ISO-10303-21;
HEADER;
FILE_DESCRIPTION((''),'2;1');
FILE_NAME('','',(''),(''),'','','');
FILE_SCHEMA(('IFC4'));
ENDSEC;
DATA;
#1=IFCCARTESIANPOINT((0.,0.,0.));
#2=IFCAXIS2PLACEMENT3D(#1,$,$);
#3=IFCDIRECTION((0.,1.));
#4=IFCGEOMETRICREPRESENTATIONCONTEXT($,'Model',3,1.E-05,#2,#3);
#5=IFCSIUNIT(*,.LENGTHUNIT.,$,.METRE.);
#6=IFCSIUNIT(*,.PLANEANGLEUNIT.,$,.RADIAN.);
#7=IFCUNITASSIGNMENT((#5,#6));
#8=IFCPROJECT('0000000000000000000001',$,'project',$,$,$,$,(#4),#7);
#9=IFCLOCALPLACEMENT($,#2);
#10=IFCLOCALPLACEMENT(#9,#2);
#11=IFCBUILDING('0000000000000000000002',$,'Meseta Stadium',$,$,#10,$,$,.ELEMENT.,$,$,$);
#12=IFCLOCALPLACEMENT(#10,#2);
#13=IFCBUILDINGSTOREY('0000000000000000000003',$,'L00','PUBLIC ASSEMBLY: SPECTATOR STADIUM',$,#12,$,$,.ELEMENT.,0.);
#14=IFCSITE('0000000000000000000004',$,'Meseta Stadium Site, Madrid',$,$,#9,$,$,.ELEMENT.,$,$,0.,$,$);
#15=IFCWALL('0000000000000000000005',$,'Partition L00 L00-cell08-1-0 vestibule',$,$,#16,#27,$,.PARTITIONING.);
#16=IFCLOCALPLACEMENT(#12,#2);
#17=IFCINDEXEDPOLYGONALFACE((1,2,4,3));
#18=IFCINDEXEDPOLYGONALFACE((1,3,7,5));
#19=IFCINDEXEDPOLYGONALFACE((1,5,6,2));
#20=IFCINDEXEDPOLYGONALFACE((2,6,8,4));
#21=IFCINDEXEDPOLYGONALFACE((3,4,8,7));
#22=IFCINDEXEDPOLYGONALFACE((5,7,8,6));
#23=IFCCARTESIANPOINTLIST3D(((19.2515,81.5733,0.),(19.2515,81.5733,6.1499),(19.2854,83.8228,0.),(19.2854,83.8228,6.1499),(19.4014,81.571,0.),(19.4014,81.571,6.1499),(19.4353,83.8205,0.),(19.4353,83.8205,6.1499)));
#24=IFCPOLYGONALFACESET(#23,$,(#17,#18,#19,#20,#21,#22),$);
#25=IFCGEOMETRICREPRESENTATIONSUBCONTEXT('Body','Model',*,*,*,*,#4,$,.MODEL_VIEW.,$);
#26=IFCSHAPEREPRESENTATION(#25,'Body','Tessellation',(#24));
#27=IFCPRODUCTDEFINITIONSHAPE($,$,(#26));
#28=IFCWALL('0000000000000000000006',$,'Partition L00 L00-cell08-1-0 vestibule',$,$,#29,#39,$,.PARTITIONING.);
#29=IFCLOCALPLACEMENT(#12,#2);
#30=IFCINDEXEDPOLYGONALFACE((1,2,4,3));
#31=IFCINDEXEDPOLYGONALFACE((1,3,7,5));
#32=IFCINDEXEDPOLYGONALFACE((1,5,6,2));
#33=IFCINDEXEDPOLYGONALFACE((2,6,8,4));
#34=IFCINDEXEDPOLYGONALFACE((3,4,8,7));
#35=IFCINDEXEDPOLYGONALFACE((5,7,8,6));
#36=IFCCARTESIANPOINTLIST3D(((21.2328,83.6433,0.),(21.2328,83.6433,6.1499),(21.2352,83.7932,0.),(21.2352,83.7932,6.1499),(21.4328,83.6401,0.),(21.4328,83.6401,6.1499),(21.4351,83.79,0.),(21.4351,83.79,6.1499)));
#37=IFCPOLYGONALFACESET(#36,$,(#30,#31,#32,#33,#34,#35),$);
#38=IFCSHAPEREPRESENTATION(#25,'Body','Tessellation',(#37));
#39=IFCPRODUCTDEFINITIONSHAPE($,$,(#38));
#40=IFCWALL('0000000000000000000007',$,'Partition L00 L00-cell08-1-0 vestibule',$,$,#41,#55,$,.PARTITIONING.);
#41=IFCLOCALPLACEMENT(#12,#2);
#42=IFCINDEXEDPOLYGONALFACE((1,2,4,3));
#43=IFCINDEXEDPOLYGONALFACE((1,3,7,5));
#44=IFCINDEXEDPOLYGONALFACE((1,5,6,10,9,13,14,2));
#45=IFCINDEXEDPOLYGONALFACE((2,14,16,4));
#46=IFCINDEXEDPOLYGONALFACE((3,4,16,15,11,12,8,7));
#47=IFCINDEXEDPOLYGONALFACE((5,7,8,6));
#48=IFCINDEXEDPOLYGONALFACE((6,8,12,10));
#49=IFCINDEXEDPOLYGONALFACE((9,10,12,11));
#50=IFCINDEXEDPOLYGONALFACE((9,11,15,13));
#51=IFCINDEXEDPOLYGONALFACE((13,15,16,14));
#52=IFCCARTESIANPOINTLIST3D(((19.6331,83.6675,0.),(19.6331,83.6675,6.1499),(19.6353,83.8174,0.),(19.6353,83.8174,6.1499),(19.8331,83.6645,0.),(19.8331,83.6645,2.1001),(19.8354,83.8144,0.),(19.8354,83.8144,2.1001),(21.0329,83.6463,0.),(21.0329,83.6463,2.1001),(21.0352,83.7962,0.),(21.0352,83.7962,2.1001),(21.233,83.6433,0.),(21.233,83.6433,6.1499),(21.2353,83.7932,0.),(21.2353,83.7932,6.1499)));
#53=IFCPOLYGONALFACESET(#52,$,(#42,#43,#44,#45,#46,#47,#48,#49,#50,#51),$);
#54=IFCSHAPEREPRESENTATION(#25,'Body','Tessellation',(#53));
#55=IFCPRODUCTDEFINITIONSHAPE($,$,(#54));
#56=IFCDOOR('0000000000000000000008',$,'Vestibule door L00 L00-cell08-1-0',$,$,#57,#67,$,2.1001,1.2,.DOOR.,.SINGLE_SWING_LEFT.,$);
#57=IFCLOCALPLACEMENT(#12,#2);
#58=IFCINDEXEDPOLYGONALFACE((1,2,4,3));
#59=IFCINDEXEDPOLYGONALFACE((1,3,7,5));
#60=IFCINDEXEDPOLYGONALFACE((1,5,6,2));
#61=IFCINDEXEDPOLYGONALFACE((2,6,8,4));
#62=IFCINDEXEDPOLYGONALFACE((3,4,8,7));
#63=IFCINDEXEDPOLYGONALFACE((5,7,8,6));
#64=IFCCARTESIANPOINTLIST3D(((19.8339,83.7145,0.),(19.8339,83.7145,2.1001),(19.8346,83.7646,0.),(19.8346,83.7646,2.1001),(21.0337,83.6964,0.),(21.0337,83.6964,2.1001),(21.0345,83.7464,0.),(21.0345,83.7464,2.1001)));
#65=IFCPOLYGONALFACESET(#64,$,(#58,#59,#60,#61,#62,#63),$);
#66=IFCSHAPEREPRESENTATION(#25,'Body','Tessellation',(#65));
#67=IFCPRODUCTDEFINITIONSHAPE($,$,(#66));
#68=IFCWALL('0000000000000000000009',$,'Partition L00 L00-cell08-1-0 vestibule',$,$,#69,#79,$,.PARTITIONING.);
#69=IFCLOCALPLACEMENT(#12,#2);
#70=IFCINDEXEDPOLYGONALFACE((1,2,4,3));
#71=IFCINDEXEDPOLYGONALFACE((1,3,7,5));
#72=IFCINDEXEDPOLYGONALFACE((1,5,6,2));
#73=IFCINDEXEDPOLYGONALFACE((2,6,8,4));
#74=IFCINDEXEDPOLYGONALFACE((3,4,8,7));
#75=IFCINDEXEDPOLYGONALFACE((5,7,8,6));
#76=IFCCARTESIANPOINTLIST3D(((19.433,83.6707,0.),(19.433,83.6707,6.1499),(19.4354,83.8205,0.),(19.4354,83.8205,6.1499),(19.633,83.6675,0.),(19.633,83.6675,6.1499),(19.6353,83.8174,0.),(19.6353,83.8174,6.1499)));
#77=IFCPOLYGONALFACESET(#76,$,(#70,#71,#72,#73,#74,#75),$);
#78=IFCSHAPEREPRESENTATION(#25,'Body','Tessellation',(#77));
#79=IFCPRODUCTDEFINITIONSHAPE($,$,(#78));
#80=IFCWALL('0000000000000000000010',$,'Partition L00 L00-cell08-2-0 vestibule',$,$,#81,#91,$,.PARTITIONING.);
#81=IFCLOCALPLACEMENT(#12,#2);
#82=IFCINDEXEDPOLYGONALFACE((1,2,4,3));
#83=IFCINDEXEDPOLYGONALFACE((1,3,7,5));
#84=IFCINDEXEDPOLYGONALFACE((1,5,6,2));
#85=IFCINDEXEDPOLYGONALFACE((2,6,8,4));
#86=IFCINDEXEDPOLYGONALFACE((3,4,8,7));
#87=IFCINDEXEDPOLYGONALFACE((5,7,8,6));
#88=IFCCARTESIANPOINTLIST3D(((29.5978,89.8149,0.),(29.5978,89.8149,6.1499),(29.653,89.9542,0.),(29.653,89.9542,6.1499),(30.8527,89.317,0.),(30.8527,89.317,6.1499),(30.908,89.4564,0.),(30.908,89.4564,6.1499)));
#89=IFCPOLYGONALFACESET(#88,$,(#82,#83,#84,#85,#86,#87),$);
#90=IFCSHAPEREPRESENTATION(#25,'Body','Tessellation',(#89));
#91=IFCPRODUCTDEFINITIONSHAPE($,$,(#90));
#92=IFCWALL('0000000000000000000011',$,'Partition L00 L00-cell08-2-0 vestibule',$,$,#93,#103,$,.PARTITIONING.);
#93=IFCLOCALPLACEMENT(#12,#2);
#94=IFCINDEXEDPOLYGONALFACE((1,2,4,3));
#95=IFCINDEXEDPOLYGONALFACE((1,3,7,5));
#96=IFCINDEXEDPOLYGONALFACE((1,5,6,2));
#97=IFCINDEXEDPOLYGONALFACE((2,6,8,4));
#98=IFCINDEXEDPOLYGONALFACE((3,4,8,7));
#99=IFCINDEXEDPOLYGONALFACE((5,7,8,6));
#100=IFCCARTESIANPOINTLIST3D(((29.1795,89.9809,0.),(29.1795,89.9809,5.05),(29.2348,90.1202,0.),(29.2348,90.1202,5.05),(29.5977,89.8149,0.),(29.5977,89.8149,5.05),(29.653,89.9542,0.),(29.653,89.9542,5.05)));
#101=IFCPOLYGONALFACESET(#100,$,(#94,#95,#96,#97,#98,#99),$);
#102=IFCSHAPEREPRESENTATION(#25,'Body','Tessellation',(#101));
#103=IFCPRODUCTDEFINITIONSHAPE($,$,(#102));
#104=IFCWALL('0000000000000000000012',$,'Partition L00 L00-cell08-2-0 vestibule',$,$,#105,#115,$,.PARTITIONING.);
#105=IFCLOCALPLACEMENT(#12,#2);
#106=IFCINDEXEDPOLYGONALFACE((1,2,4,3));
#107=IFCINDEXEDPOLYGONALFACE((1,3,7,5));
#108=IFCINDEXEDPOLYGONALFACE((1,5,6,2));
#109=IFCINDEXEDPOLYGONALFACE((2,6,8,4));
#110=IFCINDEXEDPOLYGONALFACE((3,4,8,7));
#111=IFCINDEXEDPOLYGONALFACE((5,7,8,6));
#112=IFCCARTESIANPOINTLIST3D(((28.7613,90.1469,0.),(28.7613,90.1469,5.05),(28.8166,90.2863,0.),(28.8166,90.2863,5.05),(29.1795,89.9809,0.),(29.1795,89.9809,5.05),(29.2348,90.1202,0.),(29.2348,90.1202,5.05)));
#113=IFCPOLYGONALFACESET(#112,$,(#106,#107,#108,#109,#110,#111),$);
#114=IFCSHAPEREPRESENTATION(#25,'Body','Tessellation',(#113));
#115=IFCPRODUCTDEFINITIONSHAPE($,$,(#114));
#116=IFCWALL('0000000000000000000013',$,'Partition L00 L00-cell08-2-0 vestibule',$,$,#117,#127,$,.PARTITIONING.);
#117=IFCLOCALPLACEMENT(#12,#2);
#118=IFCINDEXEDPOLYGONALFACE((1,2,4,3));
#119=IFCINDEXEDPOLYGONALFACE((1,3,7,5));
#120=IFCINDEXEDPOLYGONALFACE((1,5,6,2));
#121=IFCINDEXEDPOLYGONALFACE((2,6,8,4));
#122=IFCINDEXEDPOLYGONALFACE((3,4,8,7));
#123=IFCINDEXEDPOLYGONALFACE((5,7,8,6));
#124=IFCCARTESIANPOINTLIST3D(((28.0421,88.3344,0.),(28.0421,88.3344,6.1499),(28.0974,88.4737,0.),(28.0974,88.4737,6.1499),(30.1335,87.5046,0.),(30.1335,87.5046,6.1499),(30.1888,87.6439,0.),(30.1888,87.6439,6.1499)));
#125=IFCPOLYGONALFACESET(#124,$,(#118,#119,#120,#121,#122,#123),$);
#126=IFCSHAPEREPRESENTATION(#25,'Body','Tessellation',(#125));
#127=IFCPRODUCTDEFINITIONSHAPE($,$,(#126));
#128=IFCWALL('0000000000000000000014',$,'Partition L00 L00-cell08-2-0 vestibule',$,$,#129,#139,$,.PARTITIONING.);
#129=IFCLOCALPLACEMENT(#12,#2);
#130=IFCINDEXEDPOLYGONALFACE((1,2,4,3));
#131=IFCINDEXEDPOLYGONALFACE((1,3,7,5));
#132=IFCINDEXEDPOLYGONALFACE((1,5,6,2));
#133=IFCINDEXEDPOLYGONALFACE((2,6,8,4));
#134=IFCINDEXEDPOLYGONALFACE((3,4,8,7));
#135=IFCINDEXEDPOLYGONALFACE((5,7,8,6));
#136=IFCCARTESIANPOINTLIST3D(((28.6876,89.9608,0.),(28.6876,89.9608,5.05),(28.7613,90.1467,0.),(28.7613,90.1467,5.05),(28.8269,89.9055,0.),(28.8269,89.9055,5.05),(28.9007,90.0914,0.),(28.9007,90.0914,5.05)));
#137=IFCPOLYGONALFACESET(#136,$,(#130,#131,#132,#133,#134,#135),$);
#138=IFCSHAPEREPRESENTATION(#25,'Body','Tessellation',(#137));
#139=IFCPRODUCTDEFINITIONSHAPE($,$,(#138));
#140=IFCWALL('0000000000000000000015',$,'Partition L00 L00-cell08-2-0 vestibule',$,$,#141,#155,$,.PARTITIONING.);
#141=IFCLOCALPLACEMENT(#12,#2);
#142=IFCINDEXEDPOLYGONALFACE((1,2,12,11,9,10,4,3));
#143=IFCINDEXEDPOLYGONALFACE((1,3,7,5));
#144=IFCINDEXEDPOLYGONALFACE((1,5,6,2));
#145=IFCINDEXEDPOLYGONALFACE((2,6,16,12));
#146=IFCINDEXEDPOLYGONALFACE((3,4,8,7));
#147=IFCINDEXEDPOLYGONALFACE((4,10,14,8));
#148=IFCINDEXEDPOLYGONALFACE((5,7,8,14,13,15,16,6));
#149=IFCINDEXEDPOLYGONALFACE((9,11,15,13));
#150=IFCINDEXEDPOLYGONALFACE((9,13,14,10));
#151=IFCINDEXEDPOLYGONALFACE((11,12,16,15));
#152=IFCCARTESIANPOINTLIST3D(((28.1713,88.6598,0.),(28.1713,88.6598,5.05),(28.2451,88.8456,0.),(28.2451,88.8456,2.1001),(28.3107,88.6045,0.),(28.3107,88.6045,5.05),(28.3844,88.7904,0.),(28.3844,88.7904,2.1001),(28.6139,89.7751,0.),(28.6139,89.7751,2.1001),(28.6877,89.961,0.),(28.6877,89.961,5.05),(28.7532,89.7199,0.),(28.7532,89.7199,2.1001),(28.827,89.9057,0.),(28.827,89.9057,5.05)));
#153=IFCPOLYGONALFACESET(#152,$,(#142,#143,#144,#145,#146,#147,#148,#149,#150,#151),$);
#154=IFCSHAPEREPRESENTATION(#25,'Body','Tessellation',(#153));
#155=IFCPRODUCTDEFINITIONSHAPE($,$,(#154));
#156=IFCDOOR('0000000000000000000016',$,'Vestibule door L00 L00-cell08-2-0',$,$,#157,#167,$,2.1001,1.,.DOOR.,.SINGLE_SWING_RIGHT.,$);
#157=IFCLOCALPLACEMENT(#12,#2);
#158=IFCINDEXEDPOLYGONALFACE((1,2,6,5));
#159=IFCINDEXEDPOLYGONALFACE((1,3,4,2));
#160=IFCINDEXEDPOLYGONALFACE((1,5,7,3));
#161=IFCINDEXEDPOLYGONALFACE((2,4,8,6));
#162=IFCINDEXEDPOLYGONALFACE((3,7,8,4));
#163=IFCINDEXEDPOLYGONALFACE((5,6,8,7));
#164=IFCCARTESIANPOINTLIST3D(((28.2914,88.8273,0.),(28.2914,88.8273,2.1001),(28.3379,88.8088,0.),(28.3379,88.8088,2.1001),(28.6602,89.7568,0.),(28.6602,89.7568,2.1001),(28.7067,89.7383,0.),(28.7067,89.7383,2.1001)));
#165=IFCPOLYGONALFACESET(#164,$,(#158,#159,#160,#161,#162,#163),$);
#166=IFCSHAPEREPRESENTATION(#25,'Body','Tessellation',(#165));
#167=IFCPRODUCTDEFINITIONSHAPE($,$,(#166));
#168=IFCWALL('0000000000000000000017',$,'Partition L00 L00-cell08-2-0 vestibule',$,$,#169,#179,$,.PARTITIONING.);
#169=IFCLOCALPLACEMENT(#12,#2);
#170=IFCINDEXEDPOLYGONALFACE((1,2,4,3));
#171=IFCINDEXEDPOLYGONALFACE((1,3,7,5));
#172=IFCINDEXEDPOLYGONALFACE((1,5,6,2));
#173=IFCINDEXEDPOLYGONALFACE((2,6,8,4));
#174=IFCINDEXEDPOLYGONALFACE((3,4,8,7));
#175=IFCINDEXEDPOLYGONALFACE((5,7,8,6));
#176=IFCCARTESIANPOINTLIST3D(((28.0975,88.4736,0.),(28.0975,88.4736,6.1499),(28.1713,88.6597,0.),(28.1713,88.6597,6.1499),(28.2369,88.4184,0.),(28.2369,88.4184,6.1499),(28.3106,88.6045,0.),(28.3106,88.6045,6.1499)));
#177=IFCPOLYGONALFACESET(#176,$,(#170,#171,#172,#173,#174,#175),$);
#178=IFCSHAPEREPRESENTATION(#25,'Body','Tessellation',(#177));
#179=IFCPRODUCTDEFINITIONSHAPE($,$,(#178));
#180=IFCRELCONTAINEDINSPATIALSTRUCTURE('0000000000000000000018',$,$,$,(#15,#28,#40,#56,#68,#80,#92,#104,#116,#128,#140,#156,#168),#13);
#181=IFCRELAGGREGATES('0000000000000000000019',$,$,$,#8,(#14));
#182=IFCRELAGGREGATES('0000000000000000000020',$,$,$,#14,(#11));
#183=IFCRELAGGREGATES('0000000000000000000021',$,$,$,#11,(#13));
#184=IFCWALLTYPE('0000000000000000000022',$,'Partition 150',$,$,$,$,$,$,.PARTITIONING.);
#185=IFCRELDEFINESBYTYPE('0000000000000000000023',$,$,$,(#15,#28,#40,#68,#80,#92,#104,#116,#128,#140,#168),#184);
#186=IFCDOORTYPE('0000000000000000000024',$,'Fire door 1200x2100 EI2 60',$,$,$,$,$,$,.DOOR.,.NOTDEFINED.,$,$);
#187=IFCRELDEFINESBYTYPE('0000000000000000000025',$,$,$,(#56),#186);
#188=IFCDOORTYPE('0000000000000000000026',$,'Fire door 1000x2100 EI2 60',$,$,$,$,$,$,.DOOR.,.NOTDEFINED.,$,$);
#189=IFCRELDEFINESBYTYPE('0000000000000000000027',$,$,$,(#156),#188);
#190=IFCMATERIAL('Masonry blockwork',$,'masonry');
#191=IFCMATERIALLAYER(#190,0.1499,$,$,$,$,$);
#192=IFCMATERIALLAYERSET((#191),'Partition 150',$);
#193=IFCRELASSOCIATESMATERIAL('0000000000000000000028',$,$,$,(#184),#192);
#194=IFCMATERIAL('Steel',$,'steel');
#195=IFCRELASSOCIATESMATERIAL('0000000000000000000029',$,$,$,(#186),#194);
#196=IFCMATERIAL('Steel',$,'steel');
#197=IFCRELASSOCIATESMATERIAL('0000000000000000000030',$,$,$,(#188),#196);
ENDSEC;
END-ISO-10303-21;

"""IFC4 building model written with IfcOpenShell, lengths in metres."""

from ifc_helpers import new_model, si_unit, direction, frame, frame_2d, origin, place, context, subcontext, project, spatial, rectangle, extrude, material, layer, layer_set, type_object, element, fill, save


model = new_model("IFC4")

# Units and contexts
model_context = context("Model", 3, precision=1e-05, world=origin(), true_north=direction((0.0, 1.0)))
body_context = subcontext(model_context, "Body", "Model", "MODEL_VIEW")
ifc_project = project(units=[si_unit("LENGTHUNIT", "METRE"), si_unit("PLANEANGLEUNIT", "RADIAN")], contexts=[model_context])

# Site, building, storey
site_placement = place(None, origin())
site = spatial("IfcSite", under=ifc_project, at=site_placement, Name="Meseta Stadium Site, Madrid", CompositionType="ELEMENT", RefElevation=0.0)
building_placement = place(site_placement, origin())
building = spatial("IfcBuilding", under=site, at=building_placement, Name="Meseta Stadium", CompositionType="ELEMENT")
storey_placement = place(building_placement, origin())
storey = spatial("IfcBuildingStorey", under=building, at=storey_placement, Name="L00", Description="PUBLIC ASSEMBLY: SPECTATOR STADIUM", CompositionType="ELEMENT", Elevation=0.0)

# Shared definitions
ifc_material_1 = material(Name="Masonry blockwork", Category="masonry")
ifc_layer = layer(ifc_material_1, 0.1499)
ifc_layer_set = layer_set([ifc_layer], Name="Partition 150")
wall_type = type_object("IfcWallType", Name="Partition 150", PredefinedType="PARTITIONING", material=ifc_layer_set)

# Shared definitions
ifc_material_2 = material(Name="Steel", Category="steel")
door_type_1 = type_object("IfcDoorType", Name="Fire door 1200x2100 EI2 60", OperationType="NOTDEFINED", PredefinedType="DOOR", material=ifc_material_2)

# Shared definitions
ifc_material_3 = material(Name="Steel", Category="steel")
door_type_2 = type_object("IfcDoorType", Name="Fire door 1000x2100 EI2 60", OperationType="NOTDEFINED", PredefinedType="DOOR", material=ifc_material_3)

# Walls
wall_1_placement = place(storey_placement, frame((19.3264, 81.572, 0.0), z_axis=(0.0, 0.0, 1.0), x_axis=(0.015084, 0.999886, 0.0)))
element("IfcWall", 1, at=wall_1_placement, inside=storey, type_object=wall_type, Name="Partition L00 L00-cell08-1-0 vestibule", PredefinedType="PARTITIONING", context=body_context, shape_type="SweptSolid", body=[
    extrude(rectangle(XDim=2.2498, YDim=0.1499, at=frame_2d((1.125, 0.0))), origin(), (0.0, 0.0, 1.0), 6.1499),
])
wall_2_placement = place(storey_placement, frame((21.4341, 83.7151, 0.0), z_axis=(0.0, 0.0, 1.0), x_axis=(-0.999874, 0.015871, 0.0)))
element("IfcWall", 2, at=wall_2_placement, inside=storey, type_object=wall_type, Name="Partition L00 L00-cell08-1-0 vestibule", PredefinedType="PARTITIONING", context=body_context, shape_type="SweptSolid", body=[
    extrude(rectangle(XDim=0.2, YDim=0.1499, at=frame_2d((0.1001, 0.0))), origin(), (0.0, 0.0, 1.0), 6.1499),
])

# Wall, opening, door
wall_3_placement = place(storey_placement, frame((21.2341, 83.7183, 0.0), z_axis=(0.0, 0.0, 1.0), x_axis=(-0.999886, 0.015106, 0.0)))
wall_3 = element("IfcWall", 3, at=wall_3_placement, inside=storey, type_object=wall_type, Name="Partition L00 L00-cell08-1-0 vestibule", PredefinedType="PARTITIONING", context=body_context, shape_type="SweptSolid", body=[
    extrude(rectangle(XDim=1.6001, YDim=0.1499, at=frame_2d((0.8, 0.0))), origin(), (0.0, 0.0, 1.0), 6.1499),
])
opening_1_placement = place(wall_3_placement, frame((0.2, 0.0, 0.0)))
opening_1 = element("IfcOpeningElement", 4, at=opening_1_placement, cuts=wall_3, PredefinedType="OPENING", context=body_context, shape_type="SweptSolid", body=[
    extrude(rectangle(XDim=1.2, YDim=2.1001, at=frame_2d((0.6001, 1.05))), frame((0.0, 0.085, 0.0), z_axis=(0.0, -1.0, 0.0), x_axis=(1.0, 0.0, 0.0)), (0.0, 0.0, 1.0), 0.1699),
])
door_1_placement = place(opening_1_placement, origin())
door_1 = element("IfcDoor", 5, at=door_1_placement, inside=storey, type_object=door_type_1, Name="Vestibule door L00 L00-cell08-1-0", OperationType="SINGLE_SWING_LEFT", OverallHeight=2.1001, OverallWidth=1.2, PredefinedType="DOOR", context=body_context, shape_type="SweptSolid", body=[
    extrude(rectangle(XDim=1.2, YDim=2.1001, at=frame_2d((0.6001, 1.05))), frame((0.0, 0.0249, 0.0), z_axis=(0.0, -1.0, 0.0), x_axis=(1.0, 0.0, 0.0)), (0.0, 0.0, 1.0), 0.05),
])
fill(opening_1, door_1)

# Walls
wall_4_placement = place(storey_placement, frame((19.6343, 83.7424, 0.0), z_axis=(0.0, 0.0, 1.0), x_axis=(-0.999874, 0.015871, 0.0)))
element("IfcWall", 6, at=wall_4_placement, inside=storey, type_object=wall_type, Name="Partition L00 L00-cell08-1-0 vestibule", PredefinedType="PARTITIONING", context=body_context, shape_type="SweptSolid", body=[
    extrude(rectangle(XDim=0.2, YDim=0.1499, at=frame_2d((0.1001, 0.0))), origin(), (0.0, 0.0, 1.0), 6.1499),
])
wall_5_placement = place(storey_placement, frame((30.8804, 89.3867, 0.0), z_axis=(0.0, 0.0, 1.0), x_axis=(-0.929533, 0.368739, 0.0)))
element("IfcWall", 7, at=wall_5_placement, inside=storey, type_object=wall_type, Name="Partition L00 L00-cell08-2-0 vestibule", PredefinedType="PARTITIONING", context=body_context, shape_type="SweptSolid", body=[
    extrude(rectangle(XDim=1.3501, YDim=0.1499, at=frame_2d((0.675, 0.0))), origin(), (0.0, 0.0, 1.0), 6.1499),
])
for number, where, z_axis, x_axis, name in (
    (8, (29.6255, 89.8845, 0.0), (0.0, 0.0, 1.0), (-0.929446, 0.368957, 0.0), "Partition L00 L00-cell08-2-0 vestibule"),
    (9, (29.2073, 90.0505, 0.0), (0.0, 0.0, 1.0), (-0.929446, 0.368957, 0.0), "Partition L00 L00-cell08-2-0 vestibule"),
):
    element("IfcWall", number, at=place(storey_placement, frame(where, z_axis=z_axis, x_axis=x_axis)), inside=storey, type_object=wall_type, Name=name, PredefinedType="PARTITIONING", context=body_context, shape_type="SweptSolid", body=[
        extrude(rectangle(XDim=0.45, YDim=0.1499, at=frame_2d((0.2251, 0.0))), origin(), (0.0, 0.0, 1.0), 5.05),
    ])
wall_6_placement = place(storey_placement, frame((30.1611, 87.5742, 0.0), z_axis=(0.0, 0.0, 1.0), x_axis=(-0.929498, 0.368826, 0.0)))
element("IfcWall", 10, at=wall_6_placement, inside=storey, type_object=wall_type, Name="Partition L00 L00-cell08-2-0 vestibule", PredefinedType="PARTITIONING", context=body_context, shape_type="SweptSolid", body=[
    extrude(rectangle(XDim=2.25, YDim=0.1499, at=frame_2d((1.125, 0.0))), origin(), (0.0, 0.0, 1.0), 6.1499),
])
wall_7_placement = place(storey_placement, frame((28.8311, 90.1191, 0.0), z_axis=(0.0, 0.0, 1.0), x_axis=(-0.368862, -0.929484, 0.0)))
element("IfcWall", 11, at=wall_7_placement, inside=storey, type_object=wall_type, Name="Partition L00 L00-cell08-2-0 vestibule", PredefinedType="PARTITIONING", context=body_context, shape_type="SweptSolid", body=[
    extrude(rectangle(XDim=0.2, YDim=0.1499, at=frame_2d((0.1001, 0.0))), origin(), (0.0, 0.0, 1.0), 5.05),
])

# Wall, opening, door
wall_8_placement = place(storey_placement, frame((28.7573, 89.9333, 0.0), z_axis=(0.0, 0.0, 1.0), x_axis=(-0.368834, -0.929495, 0.0)))
wall_8 = element("IfcWall", 12, at=wall_8_placement, inside=storey, type_object=wall_type, Name="Partition L00 L00-cell08-2-0 vestibule", PredefinedType="PARTITIONING", context=body_context, shape_type="SweptSolid", body=[
    extrude(rectangle(XDim=1.3999, YDim=0.1499, at=frame_2d((0.7, 0.0))), origin(), (0.0, 0.0, 1.0), 5.05),
])
opening_2_placement = place(wall_8_placement, frame((0.2, 0.0, 0.0)))
opening_2 = element("IfcOpeningElement", 13, at=opening_2_placement, cuts=wall_8, PredefinedType="OPENING", context=body_context, shape_type="SweptSolid", body=[
    extrude(rectangle(XDim=1.0, YDim=2.1001, at=frame_2d((0.5, 1.05))), frame((0.0, 0.085, 0.0), z_axis=(0.0, -1.0, 0.0), x_axis=(1.0, 0.0, 0.0)), (0.0, 0.0, 1.0), 0.1699),
])
door_2_placement = place(opening_2_placement, origin())
door_2 = element("IfcDoor", 14, at=door_2_placement, inside=storey, type_object=door_type_2, Name="Vestibule door L00 L00-cell08-2-0", OperationType="SINGLE_SWING_RIGHT", OverallHeight=2.1001, OverallWidth=1.0, PredefinedType="DOOR", context=body_context, shape_type="SweptSolid", body=[
    extrude(rectangle(XDim=1.0, YDim=2.1001, at=frame_2d((0.5, 1.05))), frame((0.0, 0.0249, 0.0), z_axis=(0.0, -1.0, 0.0), x_axis=(1.0, 0.0, 0.0)), (0.0, 0.0, 1.0), 0.05),
])
fill(opening_2, door_2)

# Wall
wall_9_placement = place(storey_placement, frame((28.241, 88.6321, 0.0), z_axis=(0.0, 0.0, 1.0), x_axis=(-0.368444, -0.92965, 0.0)))
element("IfcWall", 15, at=wall_9_placement, inside=storey, type_object=wall_type, Name="Partition L00 L00-cell08-2-0 vestibule", PredefinedType="PARTITIONING", context=body_context, shape_type="SweptSolid", body=[
    extrude(rectangle(XDim=0.2002, YDim=0.1499, at=frame_2d((0.1001, 0.0))), origin(), (0.0, 0.0, 1.0), 6.1499),
])

save(model, "model.ifc")
